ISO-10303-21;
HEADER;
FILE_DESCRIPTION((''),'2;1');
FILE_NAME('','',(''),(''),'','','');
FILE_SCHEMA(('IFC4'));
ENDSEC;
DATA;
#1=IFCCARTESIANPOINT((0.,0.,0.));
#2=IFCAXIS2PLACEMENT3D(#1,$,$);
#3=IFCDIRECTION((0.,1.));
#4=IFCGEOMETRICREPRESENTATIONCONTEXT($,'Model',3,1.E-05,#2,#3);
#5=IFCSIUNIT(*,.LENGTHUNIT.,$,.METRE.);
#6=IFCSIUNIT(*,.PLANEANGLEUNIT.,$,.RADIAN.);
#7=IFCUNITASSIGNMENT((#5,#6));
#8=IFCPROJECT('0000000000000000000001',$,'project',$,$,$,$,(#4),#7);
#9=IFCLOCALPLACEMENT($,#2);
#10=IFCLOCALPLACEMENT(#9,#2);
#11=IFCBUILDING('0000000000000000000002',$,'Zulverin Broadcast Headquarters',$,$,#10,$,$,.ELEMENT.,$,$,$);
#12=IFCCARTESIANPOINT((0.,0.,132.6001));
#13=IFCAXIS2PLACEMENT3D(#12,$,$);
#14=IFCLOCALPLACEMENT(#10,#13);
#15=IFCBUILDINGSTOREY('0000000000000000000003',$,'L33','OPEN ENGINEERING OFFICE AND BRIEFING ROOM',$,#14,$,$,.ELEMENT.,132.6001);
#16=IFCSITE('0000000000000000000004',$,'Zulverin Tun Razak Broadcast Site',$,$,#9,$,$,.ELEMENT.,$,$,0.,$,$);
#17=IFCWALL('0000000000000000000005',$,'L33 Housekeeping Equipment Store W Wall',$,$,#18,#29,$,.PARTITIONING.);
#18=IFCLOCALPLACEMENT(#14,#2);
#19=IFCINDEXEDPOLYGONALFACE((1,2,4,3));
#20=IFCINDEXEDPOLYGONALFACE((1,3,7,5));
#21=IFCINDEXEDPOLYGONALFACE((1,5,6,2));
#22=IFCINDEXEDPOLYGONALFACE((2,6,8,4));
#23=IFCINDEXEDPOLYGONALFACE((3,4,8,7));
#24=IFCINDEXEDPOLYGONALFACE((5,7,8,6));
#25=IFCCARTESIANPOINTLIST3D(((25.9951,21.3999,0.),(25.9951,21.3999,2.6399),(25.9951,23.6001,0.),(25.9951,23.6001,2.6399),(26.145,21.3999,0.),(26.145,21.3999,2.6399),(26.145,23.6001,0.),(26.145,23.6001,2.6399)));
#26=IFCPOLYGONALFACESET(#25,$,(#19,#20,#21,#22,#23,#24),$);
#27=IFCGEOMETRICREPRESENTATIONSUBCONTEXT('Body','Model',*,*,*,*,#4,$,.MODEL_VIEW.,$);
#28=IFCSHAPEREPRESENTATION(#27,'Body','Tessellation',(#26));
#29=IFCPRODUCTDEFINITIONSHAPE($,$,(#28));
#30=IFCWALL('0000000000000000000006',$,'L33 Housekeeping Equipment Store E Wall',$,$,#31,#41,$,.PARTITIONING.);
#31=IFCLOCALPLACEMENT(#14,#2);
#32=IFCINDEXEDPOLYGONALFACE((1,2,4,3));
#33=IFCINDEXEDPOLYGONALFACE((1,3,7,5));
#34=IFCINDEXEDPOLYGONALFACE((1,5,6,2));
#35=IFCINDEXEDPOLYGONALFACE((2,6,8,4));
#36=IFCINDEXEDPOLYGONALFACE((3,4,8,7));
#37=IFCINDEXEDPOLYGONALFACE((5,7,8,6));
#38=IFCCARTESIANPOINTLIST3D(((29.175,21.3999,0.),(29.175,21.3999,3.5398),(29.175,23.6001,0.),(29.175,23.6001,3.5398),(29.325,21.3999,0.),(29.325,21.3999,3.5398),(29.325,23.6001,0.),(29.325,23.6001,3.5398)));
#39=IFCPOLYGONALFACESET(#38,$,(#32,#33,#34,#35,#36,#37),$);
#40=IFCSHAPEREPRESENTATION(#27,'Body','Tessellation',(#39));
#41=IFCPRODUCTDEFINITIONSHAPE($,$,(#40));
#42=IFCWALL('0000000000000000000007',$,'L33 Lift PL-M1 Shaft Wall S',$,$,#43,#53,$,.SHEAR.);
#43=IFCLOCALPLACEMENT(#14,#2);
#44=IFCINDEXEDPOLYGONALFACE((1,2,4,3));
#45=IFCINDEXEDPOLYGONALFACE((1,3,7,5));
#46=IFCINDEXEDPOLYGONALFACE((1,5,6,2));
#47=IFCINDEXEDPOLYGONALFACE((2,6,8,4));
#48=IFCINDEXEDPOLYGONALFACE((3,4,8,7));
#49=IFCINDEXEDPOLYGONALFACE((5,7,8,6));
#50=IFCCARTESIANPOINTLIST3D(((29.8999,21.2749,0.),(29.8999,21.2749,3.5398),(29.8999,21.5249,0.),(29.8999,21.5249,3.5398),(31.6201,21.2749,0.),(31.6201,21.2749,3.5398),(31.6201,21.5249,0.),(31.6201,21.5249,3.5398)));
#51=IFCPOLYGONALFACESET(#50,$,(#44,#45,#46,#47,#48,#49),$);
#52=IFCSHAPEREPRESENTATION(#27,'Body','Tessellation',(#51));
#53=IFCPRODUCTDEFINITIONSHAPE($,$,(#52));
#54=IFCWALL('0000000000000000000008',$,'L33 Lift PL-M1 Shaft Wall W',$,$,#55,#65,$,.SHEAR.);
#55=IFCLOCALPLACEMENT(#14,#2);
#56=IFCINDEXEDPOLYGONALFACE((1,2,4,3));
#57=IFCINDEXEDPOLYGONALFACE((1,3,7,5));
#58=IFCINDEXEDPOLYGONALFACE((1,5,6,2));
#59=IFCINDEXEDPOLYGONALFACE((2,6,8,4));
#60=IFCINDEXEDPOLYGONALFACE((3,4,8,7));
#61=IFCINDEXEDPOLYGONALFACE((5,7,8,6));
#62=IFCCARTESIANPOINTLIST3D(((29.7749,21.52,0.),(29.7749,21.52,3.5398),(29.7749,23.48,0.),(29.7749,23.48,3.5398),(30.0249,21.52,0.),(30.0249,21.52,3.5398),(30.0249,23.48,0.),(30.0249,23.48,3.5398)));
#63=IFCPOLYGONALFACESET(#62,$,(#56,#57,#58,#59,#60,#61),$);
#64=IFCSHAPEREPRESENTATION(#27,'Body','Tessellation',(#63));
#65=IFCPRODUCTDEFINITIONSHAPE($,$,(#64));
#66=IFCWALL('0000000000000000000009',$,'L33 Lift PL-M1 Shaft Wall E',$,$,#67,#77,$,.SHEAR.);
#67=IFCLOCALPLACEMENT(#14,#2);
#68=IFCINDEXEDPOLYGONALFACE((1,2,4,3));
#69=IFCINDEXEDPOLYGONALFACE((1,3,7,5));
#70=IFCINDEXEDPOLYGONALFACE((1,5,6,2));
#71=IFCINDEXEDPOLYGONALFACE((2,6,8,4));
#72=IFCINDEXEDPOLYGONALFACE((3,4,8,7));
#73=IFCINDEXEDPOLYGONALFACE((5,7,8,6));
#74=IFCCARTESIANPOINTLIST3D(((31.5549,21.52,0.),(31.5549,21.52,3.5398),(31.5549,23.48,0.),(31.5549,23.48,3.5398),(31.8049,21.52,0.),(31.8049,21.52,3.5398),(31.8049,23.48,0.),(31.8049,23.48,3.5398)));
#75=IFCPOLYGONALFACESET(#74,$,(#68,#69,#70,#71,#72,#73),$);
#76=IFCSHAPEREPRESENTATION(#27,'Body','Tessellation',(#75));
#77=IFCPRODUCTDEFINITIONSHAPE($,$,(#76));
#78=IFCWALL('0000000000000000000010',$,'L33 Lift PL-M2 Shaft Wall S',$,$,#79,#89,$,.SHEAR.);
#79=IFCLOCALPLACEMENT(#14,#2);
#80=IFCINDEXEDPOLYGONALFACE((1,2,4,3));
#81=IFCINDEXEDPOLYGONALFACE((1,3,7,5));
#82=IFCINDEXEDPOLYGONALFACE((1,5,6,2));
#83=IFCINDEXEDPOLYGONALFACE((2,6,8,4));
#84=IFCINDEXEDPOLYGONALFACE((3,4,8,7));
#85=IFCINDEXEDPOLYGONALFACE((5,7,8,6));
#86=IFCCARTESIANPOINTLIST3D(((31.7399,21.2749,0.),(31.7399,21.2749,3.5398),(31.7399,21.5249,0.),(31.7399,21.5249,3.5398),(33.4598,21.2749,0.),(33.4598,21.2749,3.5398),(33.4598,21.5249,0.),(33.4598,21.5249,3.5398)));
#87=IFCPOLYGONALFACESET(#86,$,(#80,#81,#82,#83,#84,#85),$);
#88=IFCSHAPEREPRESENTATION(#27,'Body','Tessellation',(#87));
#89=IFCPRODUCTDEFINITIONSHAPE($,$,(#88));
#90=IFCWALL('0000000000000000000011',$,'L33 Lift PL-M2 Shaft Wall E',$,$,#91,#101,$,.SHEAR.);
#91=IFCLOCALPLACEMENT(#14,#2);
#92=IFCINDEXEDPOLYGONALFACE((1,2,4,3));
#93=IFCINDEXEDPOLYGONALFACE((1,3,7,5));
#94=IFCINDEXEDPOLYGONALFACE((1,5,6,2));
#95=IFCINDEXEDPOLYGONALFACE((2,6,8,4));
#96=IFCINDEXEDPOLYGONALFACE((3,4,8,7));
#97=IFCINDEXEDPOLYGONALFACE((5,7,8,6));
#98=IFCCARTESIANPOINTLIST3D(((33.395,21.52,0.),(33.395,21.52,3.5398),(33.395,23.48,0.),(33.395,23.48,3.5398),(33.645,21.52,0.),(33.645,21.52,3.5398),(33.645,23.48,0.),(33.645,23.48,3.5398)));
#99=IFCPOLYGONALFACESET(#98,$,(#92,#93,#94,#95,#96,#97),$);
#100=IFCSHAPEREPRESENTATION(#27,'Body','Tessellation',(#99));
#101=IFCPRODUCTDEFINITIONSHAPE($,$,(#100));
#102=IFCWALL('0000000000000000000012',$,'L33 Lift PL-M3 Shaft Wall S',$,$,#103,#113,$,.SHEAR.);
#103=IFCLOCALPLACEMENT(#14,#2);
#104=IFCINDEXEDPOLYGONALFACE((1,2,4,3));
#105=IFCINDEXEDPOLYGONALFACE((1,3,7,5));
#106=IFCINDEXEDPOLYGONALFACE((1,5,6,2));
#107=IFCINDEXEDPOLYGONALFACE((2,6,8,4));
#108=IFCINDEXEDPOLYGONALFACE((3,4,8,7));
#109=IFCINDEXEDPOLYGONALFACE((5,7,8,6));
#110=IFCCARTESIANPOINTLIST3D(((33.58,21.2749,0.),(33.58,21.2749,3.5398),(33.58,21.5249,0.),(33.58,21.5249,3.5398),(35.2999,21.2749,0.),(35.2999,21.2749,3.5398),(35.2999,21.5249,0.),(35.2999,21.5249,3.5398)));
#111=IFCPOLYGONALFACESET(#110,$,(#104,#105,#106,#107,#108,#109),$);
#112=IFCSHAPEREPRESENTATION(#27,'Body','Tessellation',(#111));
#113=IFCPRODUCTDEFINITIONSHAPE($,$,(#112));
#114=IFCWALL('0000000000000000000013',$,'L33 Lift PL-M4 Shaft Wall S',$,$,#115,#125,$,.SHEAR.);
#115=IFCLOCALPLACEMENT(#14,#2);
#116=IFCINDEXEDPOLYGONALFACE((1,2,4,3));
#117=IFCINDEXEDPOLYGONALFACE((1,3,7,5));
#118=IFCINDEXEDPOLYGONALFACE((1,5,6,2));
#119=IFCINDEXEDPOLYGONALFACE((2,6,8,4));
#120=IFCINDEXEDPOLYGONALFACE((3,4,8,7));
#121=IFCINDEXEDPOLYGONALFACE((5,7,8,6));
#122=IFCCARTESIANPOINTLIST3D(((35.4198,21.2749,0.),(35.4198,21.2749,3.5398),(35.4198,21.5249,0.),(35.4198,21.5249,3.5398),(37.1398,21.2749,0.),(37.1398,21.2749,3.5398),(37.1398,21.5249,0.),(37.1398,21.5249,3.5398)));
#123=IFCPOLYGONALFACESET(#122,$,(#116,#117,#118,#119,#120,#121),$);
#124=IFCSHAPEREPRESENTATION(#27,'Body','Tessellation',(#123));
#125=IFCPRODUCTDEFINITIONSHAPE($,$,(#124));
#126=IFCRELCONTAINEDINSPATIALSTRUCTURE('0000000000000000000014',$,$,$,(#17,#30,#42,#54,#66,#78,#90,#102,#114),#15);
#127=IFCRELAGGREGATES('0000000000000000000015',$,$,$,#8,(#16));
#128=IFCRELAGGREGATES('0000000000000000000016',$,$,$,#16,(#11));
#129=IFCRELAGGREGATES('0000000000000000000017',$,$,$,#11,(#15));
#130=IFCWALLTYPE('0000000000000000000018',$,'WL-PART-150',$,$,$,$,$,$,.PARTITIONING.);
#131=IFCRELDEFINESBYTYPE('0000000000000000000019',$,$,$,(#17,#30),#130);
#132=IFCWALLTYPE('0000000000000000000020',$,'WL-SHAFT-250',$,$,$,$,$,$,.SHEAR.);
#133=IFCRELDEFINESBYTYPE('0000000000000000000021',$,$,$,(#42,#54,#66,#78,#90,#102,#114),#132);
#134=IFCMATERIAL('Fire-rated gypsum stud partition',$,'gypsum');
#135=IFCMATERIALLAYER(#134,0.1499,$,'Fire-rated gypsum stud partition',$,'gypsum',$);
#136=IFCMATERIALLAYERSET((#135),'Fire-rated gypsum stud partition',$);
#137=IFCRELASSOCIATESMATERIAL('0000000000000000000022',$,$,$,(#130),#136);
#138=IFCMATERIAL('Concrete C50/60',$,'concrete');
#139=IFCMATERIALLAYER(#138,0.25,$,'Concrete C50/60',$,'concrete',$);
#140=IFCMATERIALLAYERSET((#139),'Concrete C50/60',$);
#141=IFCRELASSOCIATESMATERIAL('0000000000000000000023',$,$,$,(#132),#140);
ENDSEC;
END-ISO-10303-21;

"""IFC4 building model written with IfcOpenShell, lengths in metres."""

from ifc_helpers import new_model, si_unit, direction, frame, frame_2d, origin, place, context, subcontext, project, spatial, rectangle, extrude, material, layer, layer_set, type_object, element, save


model = new_model("IFC4")

# Units and contexts
model_context = context("Model", 3, precision=1e-05, world=origin(), true_north=direction((0.0, 1.0)))
body_context = subcontext(model_context, "Body", "Model", "MODEL_VIEW")
ifc_project = project(units=[si_unit("LENGTHUNIT", "METRE"), si_unit("PLANEANGLEUNIT", "RADIAN")], contexts=[model_context])

# Site, building, storey
site_placement = place(None, origin())
site = spatial("IfcSite", under=ifc_project, at=site_placement, Name="Zulverin Tun Razak Broadcast Site", CompositionType="ELEMENT", RefElevation=0.0)
building_placement = place(site_placement, origin())
building = spatial("IfcBuilding", under=site, at=building_placement, Name="Zulverin Broadcast Headquarters", CompositionType="ELEMENT")
storey_placement = place(building_placement, frame((0.0, 0.0, 132.6001)))
storey = spatial("IfcBuildingStorey", under=building, at=storey_placement, Name="L33", Description="OPEN ENGINEERING OFFICE AND BRIEFING ROOM", CompositionType="ELEMENT", Elevation=132.6001)

# Shared definitions
ifc_material_1 = material(Name="Fire-rated gypsum stud partition", Category="gypsum")
ifc_layer_1 = layer(ifc_material_1, 0.1499, Name="Fire-rated gypsum stud partition", Category="gypsum")
ifc_layer_set_1 = layer_set([ifc_layer_1], Name="Fire-rated gypsum stud partition")
wall_type_1 = type_object("IfcWallType", Name="WL-PART-150", PredefinedType="PARTITIONING", material=ifc_layer_set_1)

# Walls
wall_1_placement = place(storey_placement, frame((26.0701, 21.3999, 0.0), z_axis=(0.0, 0.0, 1.0), x_axis=(0.0, 1.0, 0.0)))
element("IfcWall", 1, at=wall_1_placement, inside=storey, type_object=wall_type_1, Name="L33 Housekeeping Equipment Store W Wall", PredefinedType="PARTITIONING", context=body_context, shape_type="SweptSolid", body=[
    extrude(rectangle(XDim=2.2002, YDim=0.1499, at=frame_2d((1.1001, 0.0))), origin(), (0.0, 0.0, 1.0), 2.6399),
])
wall_2_placement = place(storey_placement, frame((29.25, 21.3999, 0.0), z_axis=(0.0, 0.0, 1.0), x_axis=(0.0, 1.0, 0.0)))
element("IfcWall", 2, at=wall_2_placement, inside=storey, type_object=wall_type_1, Name="L33 Housekeeping Equipment Store E Wall", PredefinedType="PARTITIONING", context=body_context, shape_type="SweptSolid", body=[
    extrude(rectangle(XDim=2.2002, YDim=0.1499, at=frame_2d((1.1001, 0.0))), origin(), (0.0, 0.0, 1.0), 3.5398),
])
ifc_material_2 = material(Name="Concrete C50/60", Category="concrete")
ifc_layer_2 = layer(ifc_material_2, 0.25, Name="Concrete C50/60", Category="concrete")
ifc_layer_set_2 = layer_set([ifc_layer_2], Name="Concrete C50/60")
wall_type_2 = type_object("IfcWallType", Name="WL-SHAFT-250", PredefinedType="SHEAR", material=ifc_layer_set_2)
wall_3_placement = place(storey_placement, frame((29.8999, 21.3999, 0.0), z_axis=(0.0, 0.0, 1.0), x_axis=(1.0, 0.0, 0.0)))
element("IfcWall", 3, at=wall_3_placement, inside=storey, type_object=wall_type_2, Name="L33 Lift PL-M1 Shaft Wall S", PredefinedType="SHEAR", context=body_context, shape_type="SweptSolid", body=[
    extrude(rectangle(XDim=1.7202, YDim=0.25, at=frame_2d((0.8601, 0.0))), origin(), (0.0, 0.0, 1.0), 3.5398),
])
for number, where, z_axis, x_axis, name in (
    (4, (29.8999, 21.52, 0.0), (0.0, 0.0, 1.0), (0.0, 1.0, 0.0), "L33 Lift PL-M1 Shaft Wall W"),
    (5, (31.6799, 21.52, 0.0), (0.0, 0.0, 1.0), (0.0, 1.0, 0.0), "L33 Lift PL-M1 Shaft Wall E"),
):
    element("IfcWall", number, at=place(storey_placement, frame(where, z_axis=z_axis, x_axis=x_axis)), inside=storey, type_object=wall_type_2, Name=name, PredefinedType="SHEAR", context=body_context, shape_type="SweptSolid", body=[
        extrude(rectangle(XDim=1.96, YDim=0.25, at=frame_2d((0.98, 0.0))), origin(), (0.0, 0.0, 1.0), 3.5398),
    ])
wall_4_placement = place(storey_placement, frame((31.74, 21.3999, 0.0), z_axis=(0.0, 0.0, 1.0), x_axis=(1.0, 0.0, 0.0)))
element("IfcWall", 6, at=wall_4_placement, inside=storey, type_object=wall_type_2, Name="L33 Lift PL-M2 Shaft Wall S", PredefinedType="SHEAR", context=body_context, shape_type="SweptSolid", body=[
    extrude(rectangle(XDim=1.72, YDim=0.25, at=frame_2d((0.8599, 0.0))), origin(), (0.0, 0.0, 1.0), 3.5398),
])
wall_5_placement = place(storey_placement, frame((33.52, 21.52, 0.0), z_axis=(0.0, 0.0, 1.0), x_axis=(0.0, 1.0, 0.0)))
element("IfcWall", 7, at=wall_5_placement, inside=storey, type_object=wall_type_2, Name="L33 Lift PL-M2 Shaft Wall E", PredefinedType="SHEAR", context=body_context, shape_type="SweptSolid", body=[
    extrude(rectangle(XDim=1.96, YDim=0.25, at=frame_2d((0.98, 0.0))), origin(), (0.0, 0.0, 1.0), 3.5398),
])
for number, where, z_axis, x_axis, name in (
    (8, (33.5801, 21.3999, 0.0), (0.0, 0.0, 1.0), (1.0, 0.0, 0.0), "L33 Lift PL-M3 Shaft Wall S"),
    (9, (35.4199, 21.3999, 0.0), (0.0, 0.0, 1.0), (1.0, 0.0, 0.0), "L33 Lift PL-M4 Shaft Wall S"),
):
    element("IfcWall", number, at=place(storey_placement, frame(where, z_axis=z_axis, x_axis=x_axis)), inside=storey, type_object=wall_type_2, Name=name, PredefinedType="SHEAR", context=body_context, shape_type="SweptSolid", body=[
        extrude(rectangle(XDim=1.72, YDim=0.25, at=frame_2d((0.8599, 0.0))), origin(), (0.0, 0.0, 1.0), 3.5398),
    ])

save(model, "model.ifc")
